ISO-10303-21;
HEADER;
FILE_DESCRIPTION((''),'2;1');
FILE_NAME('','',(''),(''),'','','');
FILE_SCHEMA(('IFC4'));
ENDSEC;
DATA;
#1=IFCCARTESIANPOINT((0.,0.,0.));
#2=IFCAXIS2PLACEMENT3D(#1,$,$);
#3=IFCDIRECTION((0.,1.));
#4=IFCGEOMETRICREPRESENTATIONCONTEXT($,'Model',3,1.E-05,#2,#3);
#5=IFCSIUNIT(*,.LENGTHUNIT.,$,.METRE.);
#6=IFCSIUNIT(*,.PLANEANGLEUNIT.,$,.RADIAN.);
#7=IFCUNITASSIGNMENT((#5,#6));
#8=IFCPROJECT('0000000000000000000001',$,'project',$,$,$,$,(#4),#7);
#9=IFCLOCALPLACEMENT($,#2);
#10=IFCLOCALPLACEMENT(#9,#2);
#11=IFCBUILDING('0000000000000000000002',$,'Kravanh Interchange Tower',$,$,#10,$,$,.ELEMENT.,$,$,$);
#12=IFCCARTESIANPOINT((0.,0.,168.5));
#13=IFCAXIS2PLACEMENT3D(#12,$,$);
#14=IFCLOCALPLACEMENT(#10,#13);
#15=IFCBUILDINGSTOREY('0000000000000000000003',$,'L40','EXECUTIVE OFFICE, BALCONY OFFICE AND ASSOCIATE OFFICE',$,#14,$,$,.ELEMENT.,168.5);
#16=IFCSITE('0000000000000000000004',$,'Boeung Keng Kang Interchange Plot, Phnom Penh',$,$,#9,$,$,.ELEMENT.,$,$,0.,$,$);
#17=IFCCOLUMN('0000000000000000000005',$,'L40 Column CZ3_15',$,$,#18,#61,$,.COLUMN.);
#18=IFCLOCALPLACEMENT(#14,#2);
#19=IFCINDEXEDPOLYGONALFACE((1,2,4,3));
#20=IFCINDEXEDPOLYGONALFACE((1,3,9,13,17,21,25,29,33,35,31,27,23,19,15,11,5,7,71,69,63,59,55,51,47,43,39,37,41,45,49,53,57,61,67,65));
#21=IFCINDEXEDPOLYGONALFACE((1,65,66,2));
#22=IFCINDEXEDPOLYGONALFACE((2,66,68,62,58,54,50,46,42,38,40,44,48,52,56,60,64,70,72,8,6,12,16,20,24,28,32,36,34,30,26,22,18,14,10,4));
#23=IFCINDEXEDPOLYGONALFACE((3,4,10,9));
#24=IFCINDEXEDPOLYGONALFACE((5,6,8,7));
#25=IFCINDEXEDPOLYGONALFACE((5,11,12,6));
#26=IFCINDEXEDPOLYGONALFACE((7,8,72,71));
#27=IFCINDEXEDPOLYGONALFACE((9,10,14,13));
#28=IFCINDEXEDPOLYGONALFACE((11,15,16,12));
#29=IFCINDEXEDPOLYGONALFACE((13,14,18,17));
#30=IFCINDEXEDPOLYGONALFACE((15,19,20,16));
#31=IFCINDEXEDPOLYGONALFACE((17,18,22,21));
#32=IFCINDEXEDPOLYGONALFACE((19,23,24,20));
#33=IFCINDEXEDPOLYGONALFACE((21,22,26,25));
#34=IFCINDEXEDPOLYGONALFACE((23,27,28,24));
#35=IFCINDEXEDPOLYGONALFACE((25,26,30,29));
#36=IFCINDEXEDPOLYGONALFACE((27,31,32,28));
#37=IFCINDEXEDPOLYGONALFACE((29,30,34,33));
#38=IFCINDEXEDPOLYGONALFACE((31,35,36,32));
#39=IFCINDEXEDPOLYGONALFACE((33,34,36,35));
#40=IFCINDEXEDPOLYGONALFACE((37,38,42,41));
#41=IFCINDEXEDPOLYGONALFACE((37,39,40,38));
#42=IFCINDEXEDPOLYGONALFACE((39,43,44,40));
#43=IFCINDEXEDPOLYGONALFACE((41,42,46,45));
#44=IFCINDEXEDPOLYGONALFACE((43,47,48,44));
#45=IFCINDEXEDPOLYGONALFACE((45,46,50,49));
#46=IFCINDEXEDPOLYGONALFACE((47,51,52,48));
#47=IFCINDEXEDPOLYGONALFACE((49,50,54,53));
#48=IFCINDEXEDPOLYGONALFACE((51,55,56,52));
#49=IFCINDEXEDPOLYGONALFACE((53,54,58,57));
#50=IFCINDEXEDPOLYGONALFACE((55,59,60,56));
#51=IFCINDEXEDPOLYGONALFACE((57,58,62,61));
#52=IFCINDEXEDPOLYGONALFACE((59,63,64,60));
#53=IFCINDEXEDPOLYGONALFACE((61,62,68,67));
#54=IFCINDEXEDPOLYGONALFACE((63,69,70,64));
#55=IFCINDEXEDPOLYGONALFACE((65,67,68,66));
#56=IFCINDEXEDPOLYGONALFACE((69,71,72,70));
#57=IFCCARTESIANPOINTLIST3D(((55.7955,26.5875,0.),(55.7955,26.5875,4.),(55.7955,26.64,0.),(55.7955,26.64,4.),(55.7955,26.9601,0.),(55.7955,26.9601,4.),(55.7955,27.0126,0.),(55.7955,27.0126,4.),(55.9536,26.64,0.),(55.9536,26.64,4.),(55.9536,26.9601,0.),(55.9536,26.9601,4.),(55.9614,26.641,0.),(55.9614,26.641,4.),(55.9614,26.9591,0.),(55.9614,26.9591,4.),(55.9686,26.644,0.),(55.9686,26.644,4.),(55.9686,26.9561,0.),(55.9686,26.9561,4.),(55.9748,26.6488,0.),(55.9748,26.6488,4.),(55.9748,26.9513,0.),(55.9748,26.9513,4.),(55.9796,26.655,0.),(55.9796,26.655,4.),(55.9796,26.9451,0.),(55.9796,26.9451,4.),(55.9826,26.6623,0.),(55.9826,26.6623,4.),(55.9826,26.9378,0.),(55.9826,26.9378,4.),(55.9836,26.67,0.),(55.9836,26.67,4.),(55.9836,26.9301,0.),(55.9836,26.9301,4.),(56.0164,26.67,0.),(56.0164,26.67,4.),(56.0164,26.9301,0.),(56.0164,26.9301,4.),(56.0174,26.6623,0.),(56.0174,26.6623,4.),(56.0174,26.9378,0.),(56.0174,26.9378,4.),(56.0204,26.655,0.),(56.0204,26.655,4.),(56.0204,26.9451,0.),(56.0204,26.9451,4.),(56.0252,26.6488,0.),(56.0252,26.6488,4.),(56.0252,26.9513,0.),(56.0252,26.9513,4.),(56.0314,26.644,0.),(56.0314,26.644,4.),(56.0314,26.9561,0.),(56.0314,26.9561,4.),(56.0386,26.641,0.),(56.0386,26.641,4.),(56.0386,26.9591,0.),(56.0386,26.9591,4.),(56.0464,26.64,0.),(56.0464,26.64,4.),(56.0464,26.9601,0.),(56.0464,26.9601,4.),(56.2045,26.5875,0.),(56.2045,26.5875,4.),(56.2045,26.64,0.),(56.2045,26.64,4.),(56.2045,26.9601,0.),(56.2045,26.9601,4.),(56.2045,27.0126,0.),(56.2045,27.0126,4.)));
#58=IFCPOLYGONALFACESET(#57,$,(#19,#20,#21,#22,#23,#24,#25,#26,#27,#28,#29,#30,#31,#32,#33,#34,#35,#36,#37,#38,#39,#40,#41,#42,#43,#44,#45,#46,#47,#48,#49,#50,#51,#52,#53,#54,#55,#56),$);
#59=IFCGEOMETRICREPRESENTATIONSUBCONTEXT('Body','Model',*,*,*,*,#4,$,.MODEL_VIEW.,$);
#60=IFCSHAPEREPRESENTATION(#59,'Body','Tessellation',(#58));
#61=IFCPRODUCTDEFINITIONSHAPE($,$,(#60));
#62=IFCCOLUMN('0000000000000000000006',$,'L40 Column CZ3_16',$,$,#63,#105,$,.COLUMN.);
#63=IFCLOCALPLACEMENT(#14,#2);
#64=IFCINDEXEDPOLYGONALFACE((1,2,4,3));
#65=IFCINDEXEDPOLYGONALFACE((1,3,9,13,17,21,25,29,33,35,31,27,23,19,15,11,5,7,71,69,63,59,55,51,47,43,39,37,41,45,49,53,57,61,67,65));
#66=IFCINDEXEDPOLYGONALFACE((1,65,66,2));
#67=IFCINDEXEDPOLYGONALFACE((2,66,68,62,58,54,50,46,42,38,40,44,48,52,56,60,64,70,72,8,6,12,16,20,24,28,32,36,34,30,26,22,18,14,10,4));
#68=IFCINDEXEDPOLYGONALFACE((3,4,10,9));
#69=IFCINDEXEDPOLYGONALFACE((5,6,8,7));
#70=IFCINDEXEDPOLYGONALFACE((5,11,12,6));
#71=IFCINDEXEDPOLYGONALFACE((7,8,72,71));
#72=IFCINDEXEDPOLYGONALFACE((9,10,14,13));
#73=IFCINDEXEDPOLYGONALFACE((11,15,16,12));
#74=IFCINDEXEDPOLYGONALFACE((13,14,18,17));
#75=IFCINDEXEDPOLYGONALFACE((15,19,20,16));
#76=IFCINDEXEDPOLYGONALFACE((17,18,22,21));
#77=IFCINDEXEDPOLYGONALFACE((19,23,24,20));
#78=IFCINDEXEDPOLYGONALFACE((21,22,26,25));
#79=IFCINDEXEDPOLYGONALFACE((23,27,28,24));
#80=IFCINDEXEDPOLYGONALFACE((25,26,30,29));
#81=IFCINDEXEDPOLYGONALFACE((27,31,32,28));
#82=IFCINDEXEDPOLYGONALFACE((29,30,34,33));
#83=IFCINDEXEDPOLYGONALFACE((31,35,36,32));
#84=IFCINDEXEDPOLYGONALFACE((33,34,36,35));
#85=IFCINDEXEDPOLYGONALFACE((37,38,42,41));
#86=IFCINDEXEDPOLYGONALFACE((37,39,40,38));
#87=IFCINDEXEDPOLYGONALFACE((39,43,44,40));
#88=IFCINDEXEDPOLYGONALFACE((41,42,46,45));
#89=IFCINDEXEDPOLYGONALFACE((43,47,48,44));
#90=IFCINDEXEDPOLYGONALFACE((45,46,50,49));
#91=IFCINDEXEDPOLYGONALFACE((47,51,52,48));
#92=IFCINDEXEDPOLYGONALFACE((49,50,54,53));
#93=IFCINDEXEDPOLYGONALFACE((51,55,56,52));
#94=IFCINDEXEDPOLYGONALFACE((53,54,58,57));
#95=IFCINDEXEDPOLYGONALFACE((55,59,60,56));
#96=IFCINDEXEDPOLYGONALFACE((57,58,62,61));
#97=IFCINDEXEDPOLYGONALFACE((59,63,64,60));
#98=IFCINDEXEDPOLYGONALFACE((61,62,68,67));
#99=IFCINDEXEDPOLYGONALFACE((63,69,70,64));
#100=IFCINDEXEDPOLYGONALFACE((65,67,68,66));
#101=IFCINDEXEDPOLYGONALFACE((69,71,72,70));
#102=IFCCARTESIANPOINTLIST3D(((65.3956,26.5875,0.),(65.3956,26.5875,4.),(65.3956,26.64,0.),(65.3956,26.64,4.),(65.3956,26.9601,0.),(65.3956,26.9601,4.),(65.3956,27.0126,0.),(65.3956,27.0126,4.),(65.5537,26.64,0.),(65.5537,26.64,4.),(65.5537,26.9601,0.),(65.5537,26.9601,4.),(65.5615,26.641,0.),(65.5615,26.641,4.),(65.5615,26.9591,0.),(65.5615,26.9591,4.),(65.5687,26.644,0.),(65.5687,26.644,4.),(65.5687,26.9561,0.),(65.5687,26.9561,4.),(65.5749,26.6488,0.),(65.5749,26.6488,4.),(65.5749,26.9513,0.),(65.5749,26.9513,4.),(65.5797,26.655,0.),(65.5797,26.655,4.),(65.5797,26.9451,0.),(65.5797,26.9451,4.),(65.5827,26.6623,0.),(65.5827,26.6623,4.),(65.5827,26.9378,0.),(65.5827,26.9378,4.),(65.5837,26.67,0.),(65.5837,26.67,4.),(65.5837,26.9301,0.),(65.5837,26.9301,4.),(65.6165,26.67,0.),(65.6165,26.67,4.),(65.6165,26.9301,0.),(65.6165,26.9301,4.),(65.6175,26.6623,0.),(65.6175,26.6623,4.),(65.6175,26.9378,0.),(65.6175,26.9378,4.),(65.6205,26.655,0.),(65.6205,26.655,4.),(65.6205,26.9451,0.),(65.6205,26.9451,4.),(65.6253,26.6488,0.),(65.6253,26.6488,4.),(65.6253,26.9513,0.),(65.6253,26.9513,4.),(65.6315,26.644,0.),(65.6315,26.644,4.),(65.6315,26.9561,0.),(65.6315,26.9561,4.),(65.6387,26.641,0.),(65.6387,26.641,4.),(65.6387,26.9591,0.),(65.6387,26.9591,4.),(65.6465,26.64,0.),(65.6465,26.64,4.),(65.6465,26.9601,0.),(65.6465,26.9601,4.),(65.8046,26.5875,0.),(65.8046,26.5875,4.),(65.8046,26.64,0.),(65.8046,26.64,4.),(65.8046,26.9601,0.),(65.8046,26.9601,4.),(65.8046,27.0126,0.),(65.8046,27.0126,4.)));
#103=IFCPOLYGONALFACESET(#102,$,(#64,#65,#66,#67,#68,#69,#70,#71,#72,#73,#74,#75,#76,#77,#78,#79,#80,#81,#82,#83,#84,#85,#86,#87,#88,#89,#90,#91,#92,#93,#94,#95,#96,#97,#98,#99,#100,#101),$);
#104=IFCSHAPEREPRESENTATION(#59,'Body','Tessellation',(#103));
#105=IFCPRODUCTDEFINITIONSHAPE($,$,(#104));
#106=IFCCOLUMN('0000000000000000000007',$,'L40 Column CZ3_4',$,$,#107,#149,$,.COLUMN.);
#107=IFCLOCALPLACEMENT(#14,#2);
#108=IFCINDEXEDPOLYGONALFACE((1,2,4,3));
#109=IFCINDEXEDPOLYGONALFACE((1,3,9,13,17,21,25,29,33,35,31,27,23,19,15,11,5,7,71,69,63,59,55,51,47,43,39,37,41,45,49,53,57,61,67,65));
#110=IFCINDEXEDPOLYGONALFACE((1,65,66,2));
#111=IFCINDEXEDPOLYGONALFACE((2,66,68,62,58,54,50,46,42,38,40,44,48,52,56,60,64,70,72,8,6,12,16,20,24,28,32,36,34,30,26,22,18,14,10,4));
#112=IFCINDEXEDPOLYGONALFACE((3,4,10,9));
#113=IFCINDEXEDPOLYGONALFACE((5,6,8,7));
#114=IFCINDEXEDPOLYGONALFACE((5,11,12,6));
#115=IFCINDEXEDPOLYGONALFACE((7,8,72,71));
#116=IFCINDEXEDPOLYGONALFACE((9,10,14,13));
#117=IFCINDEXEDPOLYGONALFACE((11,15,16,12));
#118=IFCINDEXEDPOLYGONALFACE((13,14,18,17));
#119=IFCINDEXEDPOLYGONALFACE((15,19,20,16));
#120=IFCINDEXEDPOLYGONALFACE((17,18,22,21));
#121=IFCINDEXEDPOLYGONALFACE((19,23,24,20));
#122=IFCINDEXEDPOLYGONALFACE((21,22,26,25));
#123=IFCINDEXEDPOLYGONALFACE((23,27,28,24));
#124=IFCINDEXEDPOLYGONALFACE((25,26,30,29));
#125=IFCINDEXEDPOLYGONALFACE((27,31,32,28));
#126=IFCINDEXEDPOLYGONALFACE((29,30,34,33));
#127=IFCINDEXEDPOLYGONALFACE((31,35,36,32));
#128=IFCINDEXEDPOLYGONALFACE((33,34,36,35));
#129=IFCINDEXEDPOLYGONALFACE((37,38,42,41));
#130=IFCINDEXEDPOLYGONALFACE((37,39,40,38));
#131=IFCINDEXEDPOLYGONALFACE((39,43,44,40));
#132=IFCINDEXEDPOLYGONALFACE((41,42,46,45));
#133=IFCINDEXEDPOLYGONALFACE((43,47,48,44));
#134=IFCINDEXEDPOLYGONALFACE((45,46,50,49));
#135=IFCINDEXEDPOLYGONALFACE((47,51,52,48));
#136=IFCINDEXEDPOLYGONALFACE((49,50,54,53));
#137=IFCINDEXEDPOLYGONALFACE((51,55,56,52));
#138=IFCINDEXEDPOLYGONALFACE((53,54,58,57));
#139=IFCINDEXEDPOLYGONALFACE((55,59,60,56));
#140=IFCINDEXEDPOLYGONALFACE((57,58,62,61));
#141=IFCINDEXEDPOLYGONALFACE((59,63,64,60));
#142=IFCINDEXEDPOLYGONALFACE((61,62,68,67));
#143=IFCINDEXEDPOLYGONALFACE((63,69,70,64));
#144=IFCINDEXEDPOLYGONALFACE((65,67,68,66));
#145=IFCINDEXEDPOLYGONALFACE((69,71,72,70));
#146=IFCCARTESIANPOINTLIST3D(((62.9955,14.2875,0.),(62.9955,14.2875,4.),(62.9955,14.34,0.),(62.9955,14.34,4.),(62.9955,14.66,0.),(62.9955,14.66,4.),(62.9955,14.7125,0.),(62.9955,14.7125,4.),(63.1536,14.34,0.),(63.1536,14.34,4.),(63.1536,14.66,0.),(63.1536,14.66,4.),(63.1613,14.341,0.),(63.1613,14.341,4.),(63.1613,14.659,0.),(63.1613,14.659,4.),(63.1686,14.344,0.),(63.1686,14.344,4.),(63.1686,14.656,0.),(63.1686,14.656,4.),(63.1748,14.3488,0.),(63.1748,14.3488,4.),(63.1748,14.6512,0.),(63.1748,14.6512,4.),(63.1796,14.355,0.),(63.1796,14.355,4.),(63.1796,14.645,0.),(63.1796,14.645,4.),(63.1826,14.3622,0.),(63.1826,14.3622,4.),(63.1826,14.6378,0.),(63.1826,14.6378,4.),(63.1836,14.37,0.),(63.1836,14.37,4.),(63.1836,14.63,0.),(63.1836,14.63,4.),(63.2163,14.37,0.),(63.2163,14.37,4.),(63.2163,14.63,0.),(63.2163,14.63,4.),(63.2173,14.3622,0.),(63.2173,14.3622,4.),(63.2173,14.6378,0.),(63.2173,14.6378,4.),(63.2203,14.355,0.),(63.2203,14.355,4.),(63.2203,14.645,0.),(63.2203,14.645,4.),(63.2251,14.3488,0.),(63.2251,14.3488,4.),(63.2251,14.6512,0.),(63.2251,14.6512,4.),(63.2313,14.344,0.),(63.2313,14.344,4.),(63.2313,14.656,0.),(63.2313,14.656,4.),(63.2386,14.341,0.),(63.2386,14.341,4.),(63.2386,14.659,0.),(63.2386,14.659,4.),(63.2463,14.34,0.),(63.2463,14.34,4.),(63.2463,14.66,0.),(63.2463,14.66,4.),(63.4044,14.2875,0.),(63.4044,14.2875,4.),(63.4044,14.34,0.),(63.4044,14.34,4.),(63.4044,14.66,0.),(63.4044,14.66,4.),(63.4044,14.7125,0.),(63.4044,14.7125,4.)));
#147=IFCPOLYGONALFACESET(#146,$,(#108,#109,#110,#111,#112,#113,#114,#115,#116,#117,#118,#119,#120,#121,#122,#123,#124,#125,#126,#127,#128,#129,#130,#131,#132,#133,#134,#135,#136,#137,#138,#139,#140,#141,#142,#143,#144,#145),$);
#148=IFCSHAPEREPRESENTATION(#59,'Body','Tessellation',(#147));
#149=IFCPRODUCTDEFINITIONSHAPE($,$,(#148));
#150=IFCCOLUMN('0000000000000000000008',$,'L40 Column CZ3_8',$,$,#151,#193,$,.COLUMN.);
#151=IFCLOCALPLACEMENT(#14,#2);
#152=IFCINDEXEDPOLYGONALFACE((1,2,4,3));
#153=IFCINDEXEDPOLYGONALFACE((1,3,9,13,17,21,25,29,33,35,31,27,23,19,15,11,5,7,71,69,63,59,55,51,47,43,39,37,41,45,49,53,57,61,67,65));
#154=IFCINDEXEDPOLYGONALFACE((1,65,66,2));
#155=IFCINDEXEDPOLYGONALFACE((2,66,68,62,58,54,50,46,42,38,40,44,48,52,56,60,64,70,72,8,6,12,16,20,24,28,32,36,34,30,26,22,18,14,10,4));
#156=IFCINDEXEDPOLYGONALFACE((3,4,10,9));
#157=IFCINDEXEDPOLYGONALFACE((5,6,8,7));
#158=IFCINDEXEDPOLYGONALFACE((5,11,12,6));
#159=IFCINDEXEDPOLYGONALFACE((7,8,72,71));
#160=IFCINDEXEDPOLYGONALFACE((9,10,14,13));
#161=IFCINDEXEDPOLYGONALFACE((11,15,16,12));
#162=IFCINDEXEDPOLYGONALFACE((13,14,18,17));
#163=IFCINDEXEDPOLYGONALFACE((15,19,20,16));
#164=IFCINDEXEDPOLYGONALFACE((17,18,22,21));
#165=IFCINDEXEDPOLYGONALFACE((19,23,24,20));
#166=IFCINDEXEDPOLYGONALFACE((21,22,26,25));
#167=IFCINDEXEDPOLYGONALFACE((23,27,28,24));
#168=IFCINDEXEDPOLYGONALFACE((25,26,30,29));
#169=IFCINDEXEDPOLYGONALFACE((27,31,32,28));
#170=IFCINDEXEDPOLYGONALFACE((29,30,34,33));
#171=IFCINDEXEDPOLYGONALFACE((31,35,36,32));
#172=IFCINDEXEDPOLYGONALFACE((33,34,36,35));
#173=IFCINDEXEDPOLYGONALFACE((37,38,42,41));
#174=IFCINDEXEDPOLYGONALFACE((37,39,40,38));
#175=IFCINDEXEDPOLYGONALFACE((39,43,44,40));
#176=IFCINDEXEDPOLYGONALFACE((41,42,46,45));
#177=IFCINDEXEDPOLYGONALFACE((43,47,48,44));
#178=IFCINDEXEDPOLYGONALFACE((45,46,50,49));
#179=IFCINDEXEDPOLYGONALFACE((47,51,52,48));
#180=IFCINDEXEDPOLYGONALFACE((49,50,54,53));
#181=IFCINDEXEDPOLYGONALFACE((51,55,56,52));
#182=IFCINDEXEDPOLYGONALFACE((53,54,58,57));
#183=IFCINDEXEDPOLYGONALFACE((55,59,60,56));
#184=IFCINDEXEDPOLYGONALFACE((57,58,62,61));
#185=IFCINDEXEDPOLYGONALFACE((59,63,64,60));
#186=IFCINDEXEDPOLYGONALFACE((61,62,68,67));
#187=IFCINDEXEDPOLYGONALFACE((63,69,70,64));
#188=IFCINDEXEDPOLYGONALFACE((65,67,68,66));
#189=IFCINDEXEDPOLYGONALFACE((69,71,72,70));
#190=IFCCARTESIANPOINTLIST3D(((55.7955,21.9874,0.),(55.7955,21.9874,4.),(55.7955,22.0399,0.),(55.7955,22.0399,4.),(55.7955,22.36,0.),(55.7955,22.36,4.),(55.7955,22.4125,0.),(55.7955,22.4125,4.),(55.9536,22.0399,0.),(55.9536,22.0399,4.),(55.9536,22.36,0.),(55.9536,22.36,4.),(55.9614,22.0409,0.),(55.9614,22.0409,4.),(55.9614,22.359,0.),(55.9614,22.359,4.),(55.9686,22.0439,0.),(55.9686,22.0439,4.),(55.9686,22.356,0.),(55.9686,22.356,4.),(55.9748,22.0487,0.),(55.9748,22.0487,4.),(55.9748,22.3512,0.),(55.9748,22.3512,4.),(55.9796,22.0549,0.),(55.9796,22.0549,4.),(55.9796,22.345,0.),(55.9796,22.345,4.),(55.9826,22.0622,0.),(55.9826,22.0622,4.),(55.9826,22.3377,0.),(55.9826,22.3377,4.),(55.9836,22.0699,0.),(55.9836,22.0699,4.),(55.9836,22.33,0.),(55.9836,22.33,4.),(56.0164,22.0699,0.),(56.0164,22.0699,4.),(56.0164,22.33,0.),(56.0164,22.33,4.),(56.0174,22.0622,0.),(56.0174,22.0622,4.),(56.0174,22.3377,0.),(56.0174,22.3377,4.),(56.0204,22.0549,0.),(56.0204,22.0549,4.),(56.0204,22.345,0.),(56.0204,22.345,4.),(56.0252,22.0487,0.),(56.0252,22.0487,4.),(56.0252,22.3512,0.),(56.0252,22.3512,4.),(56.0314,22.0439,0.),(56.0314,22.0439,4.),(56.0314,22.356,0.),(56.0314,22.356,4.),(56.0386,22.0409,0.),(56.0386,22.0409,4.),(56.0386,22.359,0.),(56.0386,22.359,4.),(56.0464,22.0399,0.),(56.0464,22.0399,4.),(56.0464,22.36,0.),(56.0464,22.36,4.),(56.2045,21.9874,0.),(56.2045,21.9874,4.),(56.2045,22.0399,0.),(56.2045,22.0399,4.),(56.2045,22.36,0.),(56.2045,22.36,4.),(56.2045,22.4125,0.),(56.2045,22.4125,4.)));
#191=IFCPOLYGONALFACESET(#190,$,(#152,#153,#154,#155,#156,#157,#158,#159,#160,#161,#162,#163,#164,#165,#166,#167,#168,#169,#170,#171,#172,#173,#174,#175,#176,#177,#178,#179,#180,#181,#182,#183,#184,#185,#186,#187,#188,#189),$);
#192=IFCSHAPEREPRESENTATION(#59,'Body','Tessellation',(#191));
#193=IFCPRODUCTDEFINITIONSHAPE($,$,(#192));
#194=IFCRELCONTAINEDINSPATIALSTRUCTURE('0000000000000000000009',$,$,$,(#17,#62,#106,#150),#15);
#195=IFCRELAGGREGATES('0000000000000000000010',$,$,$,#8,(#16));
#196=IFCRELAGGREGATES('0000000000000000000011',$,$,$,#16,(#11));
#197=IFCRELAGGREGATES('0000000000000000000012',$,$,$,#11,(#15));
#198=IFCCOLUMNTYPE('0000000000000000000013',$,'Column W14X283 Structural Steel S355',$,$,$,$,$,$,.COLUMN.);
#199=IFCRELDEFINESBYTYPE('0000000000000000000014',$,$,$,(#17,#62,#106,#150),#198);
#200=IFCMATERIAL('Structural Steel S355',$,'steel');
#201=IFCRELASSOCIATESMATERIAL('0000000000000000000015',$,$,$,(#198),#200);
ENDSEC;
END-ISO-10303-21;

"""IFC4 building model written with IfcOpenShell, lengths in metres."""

from ifc_helpers import new_model, si_unit, direction, frame, origin, origin_2d, place, context, subcontext, project, spatial, i_section, extrude, material, material_profile, profile_set, type_object, element, save


model = new_model("IFC4")

# Units and contexts
model_context = context("Model", 3, precision=1e-05, world=origin(), true_north=direction((0.0, 1.0)))
body_context = subcontext(model_context, "Body", "Model", "MODEL_VIEW")
ifc_project = project(units=[si_unit("LENGTHUNIT", "METRE"), si_unit("PLANEANGLEUNIT", "RADIAN")], contexts=[model_context])

# Site, building, storey
site_placement = place(None, origin())
site = spatial("IfcSite", under=ifc_project, at=site_placement, Name="Boeung Keng Kang Interchange Plot, Phnom Penh", CompositionType="ELEMENT", RefElevation=0.0)
building_placement = place(site_placement, origin())
building = spatial("IfcBuilding", under=site, at=building_placement, Name="Kravanh Interchange Tower", CompositionType="ELEMENT")
storey_placement = place(building_placement, frame((0.0, 0.0, 168.5)))
storey = spatial("IfcBuildingStorey", under=building, at=storey_placement, Name="L40", Description="EXECUTIVE OFFICE, BALCONY OFFICE AND ASSOCIATE OFFICE", CompositionType="ELEMENT", Elevation=168.5)

# Columns
ifc_material_1 = material(Name="Structural Steel S355", Category="steel")
ifc_material_profile_1 = material_profile(ifc_material_1, i_section(OverallWidth=0.4089, OverallDepth=0.425, WebThickness=0.0327, FlangeThickness=0.0525, FilletRadius=0.03, at=origin_2d()), Name="W14X283")
ifc_profile_set_1 = profile_set([ifc_material_profile_1], Name="Structural Steel S355")
column_type = type_object("IfcColumnType", Name="Column W14X283 Structural Steel S355", PredefinedType="COLUMN", material=ifc_profile_set_1)
for number, where, z_axis, x_axis, name in (
    (1, (56.0, 26.8, 0.0), (0.0, 0.0, 1.0), (1.0, 0.0, 0.0), "L40 Column CZ3_15"),
    (2, (65.6001, 26.8, 0.0), (0.0, 0.0, 1.0), (1.0, 0.0, 0.0), "L40 Column CZ3_16"),
    (3, (63.2, 14.5, 0.0), (0.0, 0.0, 1.0), (1.0, 0.0, 0.0), "L40 Column CZ3_4"),
    (4, (56.0, 22.2, 0.0), (0.0, 0.0, 1.0), (1.0, 0.0, 0.0), "L40 Column CZ3_8"),
):
    element("IfcColumn", number, at=place(storey_placement, frame(where, z_axis=z_axis, x_axis=x_axis)), inside=storey, type_object=column_type, Name=name, PredefinedType="COLUMN", context=body_context, shape_type="SweptSolid", body=[
        extrude(i_section(OverallWidth=0.4089, OverallDepth=0.425, WebThickness=0.0327, FlangeThickness=0.0525, FilletRadius=0.03, at=origin_2d()), origin(), (0.0, 0.0, 1.0), 4.0),
    ])

save(model, "model.ifc")
